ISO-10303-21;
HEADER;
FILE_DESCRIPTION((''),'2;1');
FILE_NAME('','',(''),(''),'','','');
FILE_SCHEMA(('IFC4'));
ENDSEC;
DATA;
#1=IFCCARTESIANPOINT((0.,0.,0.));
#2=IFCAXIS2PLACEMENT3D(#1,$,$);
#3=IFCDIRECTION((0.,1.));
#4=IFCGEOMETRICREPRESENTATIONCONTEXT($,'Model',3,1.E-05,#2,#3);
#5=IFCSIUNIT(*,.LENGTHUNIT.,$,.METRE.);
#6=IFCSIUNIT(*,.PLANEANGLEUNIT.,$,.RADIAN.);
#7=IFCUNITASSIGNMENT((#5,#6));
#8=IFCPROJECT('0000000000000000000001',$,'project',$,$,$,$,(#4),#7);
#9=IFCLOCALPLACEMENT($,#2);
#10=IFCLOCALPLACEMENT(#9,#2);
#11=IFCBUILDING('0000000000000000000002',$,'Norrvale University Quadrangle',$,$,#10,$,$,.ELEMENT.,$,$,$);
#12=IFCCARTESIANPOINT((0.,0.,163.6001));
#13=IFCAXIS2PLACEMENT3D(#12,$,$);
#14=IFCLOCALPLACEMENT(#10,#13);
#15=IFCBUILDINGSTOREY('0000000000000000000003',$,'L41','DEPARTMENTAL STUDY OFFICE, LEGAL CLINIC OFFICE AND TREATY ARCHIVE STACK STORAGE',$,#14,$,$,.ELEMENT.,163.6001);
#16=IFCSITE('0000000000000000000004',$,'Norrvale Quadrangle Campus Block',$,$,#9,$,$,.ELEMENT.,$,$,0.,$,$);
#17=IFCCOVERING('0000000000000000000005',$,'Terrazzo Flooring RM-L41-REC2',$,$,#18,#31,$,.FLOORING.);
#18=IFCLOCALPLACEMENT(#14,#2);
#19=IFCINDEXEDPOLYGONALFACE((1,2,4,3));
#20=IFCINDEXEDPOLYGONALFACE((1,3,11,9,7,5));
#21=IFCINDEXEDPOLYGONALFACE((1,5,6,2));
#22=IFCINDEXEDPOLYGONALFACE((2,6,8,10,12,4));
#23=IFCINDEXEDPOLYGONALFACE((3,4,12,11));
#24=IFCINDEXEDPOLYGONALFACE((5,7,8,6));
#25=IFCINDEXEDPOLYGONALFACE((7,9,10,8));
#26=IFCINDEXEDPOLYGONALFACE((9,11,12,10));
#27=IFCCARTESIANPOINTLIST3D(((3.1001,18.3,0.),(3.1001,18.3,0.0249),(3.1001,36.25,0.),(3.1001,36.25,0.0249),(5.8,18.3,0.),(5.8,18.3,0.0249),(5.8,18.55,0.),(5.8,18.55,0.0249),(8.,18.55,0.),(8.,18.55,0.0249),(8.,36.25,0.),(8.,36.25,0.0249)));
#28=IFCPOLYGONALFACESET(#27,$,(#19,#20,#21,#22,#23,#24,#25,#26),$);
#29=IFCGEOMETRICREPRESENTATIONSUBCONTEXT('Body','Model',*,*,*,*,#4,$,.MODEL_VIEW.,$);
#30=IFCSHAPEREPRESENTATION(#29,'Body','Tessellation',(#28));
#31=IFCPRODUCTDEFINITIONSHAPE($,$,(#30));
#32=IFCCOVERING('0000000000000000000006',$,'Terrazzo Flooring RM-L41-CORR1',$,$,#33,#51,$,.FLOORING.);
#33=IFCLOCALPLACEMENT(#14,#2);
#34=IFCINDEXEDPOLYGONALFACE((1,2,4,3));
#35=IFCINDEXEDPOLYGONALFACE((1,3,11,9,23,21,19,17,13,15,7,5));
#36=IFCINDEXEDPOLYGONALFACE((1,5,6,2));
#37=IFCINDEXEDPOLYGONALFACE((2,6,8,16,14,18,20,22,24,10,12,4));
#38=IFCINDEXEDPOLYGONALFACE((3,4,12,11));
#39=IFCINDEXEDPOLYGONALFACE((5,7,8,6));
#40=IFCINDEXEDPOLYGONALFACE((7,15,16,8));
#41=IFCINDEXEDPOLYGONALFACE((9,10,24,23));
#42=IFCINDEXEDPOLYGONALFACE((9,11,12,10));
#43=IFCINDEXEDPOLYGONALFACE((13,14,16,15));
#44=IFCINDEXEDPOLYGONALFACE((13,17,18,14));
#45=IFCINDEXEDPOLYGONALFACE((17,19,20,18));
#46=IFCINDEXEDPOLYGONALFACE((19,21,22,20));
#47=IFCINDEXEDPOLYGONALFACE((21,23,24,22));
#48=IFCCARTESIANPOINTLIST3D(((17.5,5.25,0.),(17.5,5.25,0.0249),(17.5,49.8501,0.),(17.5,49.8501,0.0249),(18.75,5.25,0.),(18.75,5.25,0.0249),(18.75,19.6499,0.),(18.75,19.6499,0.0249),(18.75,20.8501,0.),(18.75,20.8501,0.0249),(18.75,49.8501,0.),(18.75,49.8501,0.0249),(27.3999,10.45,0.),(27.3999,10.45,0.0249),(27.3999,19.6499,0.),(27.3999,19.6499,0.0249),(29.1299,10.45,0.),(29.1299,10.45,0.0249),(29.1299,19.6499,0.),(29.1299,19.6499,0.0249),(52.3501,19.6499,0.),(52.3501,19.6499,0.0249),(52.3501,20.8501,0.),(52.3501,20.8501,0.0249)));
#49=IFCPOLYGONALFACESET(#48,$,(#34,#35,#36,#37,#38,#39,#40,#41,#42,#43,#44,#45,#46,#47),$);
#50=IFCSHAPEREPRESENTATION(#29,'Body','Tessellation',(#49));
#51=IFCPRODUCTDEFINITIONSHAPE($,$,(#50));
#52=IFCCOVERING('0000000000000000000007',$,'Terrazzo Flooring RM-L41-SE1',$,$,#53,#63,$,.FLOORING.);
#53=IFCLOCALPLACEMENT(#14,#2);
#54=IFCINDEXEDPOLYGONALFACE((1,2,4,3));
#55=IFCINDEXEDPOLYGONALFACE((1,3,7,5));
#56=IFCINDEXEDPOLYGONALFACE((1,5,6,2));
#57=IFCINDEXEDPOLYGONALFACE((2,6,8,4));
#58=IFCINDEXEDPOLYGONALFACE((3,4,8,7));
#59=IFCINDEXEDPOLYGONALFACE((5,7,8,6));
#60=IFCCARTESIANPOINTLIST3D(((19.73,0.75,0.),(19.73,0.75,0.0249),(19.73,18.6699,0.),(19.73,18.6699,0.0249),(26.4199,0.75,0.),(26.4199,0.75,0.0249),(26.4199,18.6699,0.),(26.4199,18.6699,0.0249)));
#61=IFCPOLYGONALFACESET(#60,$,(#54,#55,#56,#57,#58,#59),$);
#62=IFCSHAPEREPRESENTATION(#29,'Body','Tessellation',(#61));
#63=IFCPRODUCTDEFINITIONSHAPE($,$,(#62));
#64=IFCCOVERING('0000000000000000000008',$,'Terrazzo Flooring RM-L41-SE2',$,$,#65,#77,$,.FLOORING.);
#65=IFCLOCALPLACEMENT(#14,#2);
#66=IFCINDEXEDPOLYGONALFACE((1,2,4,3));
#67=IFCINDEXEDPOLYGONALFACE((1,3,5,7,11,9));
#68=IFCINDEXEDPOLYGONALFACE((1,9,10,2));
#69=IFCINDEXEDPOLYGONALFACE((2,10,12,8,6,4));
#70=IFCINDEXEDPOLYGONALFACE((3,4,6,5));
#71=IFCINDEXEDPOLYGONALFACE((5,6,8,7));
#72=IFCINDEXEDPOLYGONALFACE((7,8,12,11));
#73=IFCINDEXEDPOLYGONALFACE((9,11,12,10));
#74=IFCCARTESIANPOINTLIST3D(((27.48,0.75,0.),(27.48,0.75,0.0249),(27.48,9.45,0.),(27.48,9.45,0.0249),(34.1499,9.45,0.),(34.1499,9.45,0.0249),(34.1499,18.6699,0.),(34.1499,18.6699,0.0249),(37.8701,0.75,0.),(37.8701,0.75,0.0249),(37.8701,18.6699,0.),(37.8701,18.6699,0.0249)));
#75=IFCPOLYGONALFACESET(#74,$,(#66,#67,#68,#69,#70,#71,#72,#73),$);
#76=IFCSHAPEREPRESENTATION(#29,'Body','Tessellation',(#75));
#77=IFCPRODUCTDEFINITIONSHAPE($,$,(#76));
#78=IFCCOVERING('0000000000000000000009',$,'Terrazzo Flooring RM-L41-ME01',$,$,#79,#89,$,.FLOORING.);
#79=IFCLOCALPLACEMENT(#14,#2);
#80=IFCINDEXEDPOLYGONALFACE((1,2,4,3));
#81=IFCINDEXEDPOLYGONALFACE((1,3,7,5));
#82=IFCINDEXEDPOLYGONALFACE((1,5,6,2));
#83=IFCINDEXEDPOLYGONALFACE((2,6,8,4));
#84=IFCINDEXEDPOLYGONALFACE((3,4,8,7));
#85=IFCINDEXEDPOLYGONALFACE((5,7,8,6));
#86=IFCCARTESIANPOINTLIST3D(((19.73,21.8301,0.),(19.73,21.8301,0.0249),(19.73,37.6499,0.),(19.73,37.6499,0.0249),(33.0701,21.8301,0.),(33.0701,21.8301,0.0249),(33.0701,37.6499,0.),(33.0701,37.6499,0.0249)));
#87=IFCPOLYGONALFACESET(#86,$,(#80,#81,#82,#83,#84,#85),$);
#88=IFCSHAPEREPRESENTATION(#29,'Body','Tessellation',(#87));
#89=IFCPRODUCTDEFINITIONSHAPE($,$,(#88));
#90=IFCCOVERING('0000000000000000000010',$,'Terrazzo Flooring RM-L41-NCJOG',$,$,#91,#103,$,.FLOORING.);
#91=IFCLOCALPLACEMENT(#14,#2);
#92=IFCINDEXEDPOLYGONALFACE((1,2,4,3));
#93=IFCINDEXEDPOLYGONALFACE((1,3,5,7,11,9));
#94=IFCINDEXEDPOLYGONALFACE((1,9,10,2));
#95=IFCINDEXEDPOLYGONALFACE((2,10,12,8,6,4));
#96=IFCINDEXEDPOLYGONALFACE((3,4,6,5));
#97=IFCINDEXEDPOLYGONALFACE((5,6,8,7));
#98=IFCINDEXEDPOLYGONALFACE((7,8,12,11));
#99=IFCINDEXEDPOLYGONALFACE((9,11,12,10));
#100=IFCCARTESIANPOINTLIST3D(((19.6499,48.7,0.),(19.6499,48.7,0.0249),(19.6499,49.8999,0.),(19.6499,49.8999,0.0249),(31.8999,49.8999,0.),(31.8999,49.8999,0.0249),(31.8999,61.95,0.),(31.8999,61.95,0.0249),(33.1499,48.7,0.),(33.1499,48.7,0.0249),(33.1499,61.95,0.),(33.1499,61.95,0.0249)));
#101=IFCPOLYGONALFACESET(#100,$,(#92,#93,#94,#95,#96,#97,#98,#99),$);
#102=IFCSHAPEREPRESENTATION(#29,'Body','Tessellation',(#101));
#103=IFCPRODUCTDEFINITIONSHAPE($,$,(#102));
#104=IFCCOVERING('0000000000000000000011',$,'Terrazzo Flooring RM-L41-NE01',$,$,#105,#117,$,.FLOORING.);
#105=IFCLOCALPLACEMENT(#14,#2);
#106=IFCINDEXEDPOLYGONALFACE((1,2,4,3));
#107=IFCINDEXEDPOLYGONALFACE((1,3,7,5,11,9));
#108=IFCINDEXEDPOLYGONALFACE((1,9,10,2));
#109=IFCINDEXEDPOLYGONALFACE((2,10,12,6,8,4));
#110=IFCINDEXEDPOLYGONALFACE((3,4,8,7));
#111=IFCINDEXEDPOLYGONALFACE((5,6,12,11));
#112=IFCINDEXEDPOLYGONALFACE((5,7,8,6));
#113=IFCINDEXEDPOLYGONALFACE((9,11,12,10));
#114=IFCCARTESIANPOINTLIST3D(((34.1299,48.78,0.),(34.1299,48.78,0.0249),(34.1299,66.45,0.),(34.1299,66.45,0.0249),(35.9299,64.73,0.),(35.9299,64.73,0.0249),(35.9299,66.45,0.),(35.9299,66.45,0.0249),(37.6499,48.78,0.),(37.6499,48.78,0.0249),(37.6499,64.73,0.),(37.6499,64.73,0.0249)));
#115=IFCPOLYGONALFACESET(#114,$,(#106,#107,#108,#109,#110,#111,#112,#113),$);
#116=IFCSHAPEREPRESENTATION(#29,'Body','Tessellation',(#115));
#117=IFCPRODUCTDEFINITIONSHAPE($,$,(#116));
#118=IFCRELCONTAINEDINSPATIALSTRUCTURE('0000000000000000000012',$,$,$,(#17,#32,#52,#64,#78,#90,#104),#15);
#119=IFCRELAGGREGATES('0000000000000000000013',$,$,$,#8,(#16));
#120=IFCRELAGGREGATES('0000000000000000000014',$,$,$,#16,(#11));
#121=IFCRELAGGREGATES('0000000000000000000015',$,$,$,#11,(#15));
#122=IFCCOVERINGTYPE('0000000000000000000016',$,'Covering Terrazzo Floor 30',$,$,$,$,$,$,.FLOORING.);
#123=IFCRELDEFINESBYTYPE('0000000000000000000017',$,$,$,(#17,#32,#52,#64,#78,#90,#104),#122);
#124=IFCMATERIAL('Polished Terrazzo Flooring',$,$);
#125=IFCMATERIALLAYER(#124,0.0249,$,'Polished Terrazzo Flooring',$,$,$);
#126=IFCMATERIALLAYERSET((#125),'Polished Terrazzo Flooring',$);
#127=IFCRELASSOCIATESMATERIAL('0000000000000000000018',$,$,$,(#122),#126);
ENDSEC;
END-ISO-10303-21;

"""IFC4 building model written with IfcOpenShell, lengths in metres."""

from ifc_helpers import new_model, si_unit, direction, frame, origin, place, context, subcontext, project, spatial, polyline, outline, extrude, material, layer, layer_set, type_object, element, save


model = new_model("IFC4")

# Units and contexts
model_context = context("Model", 3, precision=1e-05, world=origin(), true_north=direction((0.0, 1.0)))
body_context = subcontext(model_context, "Body", "Model", "MODEL_VIEW")
ifc_project = project(units=[si_unit("LENGTHUNIT", "METRE"), si_unit("PLANEANGLEUNIT", "RADIAN")], contexts=[model_context])

# Site, building, storey
site_placement = place(None, origin())
site = spatial("IfcSite", under=ifc_project, at=site_placement, Name="Norrvale Quadrangle Campus Block", CompositionType="ELEMENT", RefElevation=0.0)
building_placement = place(site_placement, origin())
building = spatial("IfcBuilding", under=site, at=building_placement, Name="Norrvale University Quadrangle", CompositionType="ELEMENT")
storey_placement = place(building_placement, frame((0.0, 0.0, 163.6001)))
storey = spatial("IfcBuildingStorey", under=building, at=storey_placement, Name="L41", Description="DEPARTMENTAL STUDY OFFICE, LEGAL CLINIC OFFICE AND TREATY ARCHIVE STACK STORAGE", CompositionType="ELEMENT", Elevation=163.6001)

# Coverings
ifc_material_1 = material(Name="Polished Terrazzo Flooring")
ifc_layer_1 = layer(ifc_material_1, 0.0249, Name="Polished Terrazzo Flooring")
ifc_layer_set_1 = layer_set([ifc_layer_1], Name="Polished Terrazzo Flooring")
covering_type_1 = type_object("IfcCoveringType", Name="Covering Terrazzo Floor 30", PredefinedType="FLOORING", material=ifc_layer_set_1)
covering_1_placement = place(storey_placement, origin())
element("IfcCovering", 1, at=covering_1_placement, inside=storey, type_object=covering_type_1, Name="Terrazzo Flooring RM-L41-REC2", PredefinedType="FLOORING", context=body_context, shape_type="SweptSolid", body=[
    extrude(outline(polyline([(3.1001, 18.3), (3.1001, 36.25), (8.0, 36.25), (8.0, 18.55), (5.8, 18.55), (5.8, 18.3), (3.1001, 18.3)])), origin(), (0.0, 0.0, 1.0), 0.0249),
])
covering_2_placement = place(storey_placement, origin())
element("IfcCovering", 2, at=covering_2_placement, inside=storey, type_object=covering_type_1, Name="Terrazzo Flooring RM-L41-CORR1", PredefinedType="FLOORING", context=body_context, shape_type="SweptSolid", body=[
    extrude(outline(polyline([(17.5, 5.25), (17.5, 49.8501), (18.75, 49.8501), (18.75, 20.8501), (52.3501, 20.8501), (52.3501, 19.6499), (29.1299, 19.6499), (29.1299, 10.45), (27.3999, 10.45), (27.3999, 19.6499), (18.75, 19.6499), (18.75, 5.25), (17.5, 5.25)])), origin(), (0.0, 0.0, 1.0), 0.0249),
])
covering_3_placement = place(storey_placement, origin())
element("IfcCovering", 3, at=covering_3_placement, inside=storey, type_object=covering_type_1, Name="Terrazzo Flooring RM-L41-SE1", PredefinedType="FLOORING", context=body_context, shape_type="SweptSolid", body=[
    extrude(outline(polyline([(19.73, 18.6699), (26.4199, 18.6699), (26.4199, 0.75), (19.73, 0.75), (19.73, 18.6699)])), origin(), (0.0, 0.0, 1.0), 0.0249),
])
covering_4_placement = place(storey_placement, origin())
element("IfcCovering", 4, at=covering_4_placement, inside=storey, type_object=covering_type_1, Name="Terrazzo Flooring RM-L41-SE2", PredefinedType="FLOORING", context=body_context, shape_type="SweptSolid", body=[
    extrude(outline(polyline([(27.48, 9.45), (34.1499, 9.45), (34.1499, 18.6699), (37.8701, 18.6699), (37.8701, 0.75), (27.48, 0.75), (27.48, 9.45)])), origin(), (0.0, 0.0, 1.0), 0.0249),
])
covering_5_placement = place(storey_placement, origin())
element("IfcCovering", 5, at=covering_5_placement, inside=storey, type_object=covering_type_1, Name="Terrazzo Flooring RM-L41-ME01", PredefinedType="FLOORING", context=body_context, shape_type="SweptSolid", body=[
    extrude(outline(polyline([(19.73, 37.6499), (33.0701, 37.6499), (33.0701, 21.8301), (19.73, 21.8301), (19.73, 37.6499)])), origin(), (0.0, 0.0, 1.0), 0.0249),
])
covering_6_placement = place(storey_placement, origin())
element("IfcCovering", 6, at=covering_6_placement, inside=storey, type_object=covering_type_1, Name="Terrazzo Flooring RM-L41-NCJOG", PredefinedType="FLOORING", context=body_context, shape_type="SweptSolid", body=[
    extrude(outline(polyline([(19.6499, 48.7), (19.6499, 49.8999), (31.8999, 49.8999), (31.8999, 61.95), (33.1499, 61.95), (33.1499, 48.7), (19.6499, 48.7)])), origin(), (0.0, 0.0, 1.0), 0.0249),
])
covering_7_placement = place(storey_placement, origin())
element("IfcCovering", 7, at=covering_7_placement, inside=storey, type_object=covering_type_1, Name="Terrazzo Flooring RM-L41-NE01", PredefinedType="FLOORING", context=body_context, shape_type="SweptSolid", body=[
    extrude(outline(polyline([(37.6499, 48.78), (34.1299, 48.78), (34.1299, 66.45), (35.9299, 66.45), (35.9299, 64.73), (37.6499, 64.73), (37.6499, 48.78)])), origin(), (0.0, 0.0, 1.0), 0.0249),
])

save(model, "model.ifc")
